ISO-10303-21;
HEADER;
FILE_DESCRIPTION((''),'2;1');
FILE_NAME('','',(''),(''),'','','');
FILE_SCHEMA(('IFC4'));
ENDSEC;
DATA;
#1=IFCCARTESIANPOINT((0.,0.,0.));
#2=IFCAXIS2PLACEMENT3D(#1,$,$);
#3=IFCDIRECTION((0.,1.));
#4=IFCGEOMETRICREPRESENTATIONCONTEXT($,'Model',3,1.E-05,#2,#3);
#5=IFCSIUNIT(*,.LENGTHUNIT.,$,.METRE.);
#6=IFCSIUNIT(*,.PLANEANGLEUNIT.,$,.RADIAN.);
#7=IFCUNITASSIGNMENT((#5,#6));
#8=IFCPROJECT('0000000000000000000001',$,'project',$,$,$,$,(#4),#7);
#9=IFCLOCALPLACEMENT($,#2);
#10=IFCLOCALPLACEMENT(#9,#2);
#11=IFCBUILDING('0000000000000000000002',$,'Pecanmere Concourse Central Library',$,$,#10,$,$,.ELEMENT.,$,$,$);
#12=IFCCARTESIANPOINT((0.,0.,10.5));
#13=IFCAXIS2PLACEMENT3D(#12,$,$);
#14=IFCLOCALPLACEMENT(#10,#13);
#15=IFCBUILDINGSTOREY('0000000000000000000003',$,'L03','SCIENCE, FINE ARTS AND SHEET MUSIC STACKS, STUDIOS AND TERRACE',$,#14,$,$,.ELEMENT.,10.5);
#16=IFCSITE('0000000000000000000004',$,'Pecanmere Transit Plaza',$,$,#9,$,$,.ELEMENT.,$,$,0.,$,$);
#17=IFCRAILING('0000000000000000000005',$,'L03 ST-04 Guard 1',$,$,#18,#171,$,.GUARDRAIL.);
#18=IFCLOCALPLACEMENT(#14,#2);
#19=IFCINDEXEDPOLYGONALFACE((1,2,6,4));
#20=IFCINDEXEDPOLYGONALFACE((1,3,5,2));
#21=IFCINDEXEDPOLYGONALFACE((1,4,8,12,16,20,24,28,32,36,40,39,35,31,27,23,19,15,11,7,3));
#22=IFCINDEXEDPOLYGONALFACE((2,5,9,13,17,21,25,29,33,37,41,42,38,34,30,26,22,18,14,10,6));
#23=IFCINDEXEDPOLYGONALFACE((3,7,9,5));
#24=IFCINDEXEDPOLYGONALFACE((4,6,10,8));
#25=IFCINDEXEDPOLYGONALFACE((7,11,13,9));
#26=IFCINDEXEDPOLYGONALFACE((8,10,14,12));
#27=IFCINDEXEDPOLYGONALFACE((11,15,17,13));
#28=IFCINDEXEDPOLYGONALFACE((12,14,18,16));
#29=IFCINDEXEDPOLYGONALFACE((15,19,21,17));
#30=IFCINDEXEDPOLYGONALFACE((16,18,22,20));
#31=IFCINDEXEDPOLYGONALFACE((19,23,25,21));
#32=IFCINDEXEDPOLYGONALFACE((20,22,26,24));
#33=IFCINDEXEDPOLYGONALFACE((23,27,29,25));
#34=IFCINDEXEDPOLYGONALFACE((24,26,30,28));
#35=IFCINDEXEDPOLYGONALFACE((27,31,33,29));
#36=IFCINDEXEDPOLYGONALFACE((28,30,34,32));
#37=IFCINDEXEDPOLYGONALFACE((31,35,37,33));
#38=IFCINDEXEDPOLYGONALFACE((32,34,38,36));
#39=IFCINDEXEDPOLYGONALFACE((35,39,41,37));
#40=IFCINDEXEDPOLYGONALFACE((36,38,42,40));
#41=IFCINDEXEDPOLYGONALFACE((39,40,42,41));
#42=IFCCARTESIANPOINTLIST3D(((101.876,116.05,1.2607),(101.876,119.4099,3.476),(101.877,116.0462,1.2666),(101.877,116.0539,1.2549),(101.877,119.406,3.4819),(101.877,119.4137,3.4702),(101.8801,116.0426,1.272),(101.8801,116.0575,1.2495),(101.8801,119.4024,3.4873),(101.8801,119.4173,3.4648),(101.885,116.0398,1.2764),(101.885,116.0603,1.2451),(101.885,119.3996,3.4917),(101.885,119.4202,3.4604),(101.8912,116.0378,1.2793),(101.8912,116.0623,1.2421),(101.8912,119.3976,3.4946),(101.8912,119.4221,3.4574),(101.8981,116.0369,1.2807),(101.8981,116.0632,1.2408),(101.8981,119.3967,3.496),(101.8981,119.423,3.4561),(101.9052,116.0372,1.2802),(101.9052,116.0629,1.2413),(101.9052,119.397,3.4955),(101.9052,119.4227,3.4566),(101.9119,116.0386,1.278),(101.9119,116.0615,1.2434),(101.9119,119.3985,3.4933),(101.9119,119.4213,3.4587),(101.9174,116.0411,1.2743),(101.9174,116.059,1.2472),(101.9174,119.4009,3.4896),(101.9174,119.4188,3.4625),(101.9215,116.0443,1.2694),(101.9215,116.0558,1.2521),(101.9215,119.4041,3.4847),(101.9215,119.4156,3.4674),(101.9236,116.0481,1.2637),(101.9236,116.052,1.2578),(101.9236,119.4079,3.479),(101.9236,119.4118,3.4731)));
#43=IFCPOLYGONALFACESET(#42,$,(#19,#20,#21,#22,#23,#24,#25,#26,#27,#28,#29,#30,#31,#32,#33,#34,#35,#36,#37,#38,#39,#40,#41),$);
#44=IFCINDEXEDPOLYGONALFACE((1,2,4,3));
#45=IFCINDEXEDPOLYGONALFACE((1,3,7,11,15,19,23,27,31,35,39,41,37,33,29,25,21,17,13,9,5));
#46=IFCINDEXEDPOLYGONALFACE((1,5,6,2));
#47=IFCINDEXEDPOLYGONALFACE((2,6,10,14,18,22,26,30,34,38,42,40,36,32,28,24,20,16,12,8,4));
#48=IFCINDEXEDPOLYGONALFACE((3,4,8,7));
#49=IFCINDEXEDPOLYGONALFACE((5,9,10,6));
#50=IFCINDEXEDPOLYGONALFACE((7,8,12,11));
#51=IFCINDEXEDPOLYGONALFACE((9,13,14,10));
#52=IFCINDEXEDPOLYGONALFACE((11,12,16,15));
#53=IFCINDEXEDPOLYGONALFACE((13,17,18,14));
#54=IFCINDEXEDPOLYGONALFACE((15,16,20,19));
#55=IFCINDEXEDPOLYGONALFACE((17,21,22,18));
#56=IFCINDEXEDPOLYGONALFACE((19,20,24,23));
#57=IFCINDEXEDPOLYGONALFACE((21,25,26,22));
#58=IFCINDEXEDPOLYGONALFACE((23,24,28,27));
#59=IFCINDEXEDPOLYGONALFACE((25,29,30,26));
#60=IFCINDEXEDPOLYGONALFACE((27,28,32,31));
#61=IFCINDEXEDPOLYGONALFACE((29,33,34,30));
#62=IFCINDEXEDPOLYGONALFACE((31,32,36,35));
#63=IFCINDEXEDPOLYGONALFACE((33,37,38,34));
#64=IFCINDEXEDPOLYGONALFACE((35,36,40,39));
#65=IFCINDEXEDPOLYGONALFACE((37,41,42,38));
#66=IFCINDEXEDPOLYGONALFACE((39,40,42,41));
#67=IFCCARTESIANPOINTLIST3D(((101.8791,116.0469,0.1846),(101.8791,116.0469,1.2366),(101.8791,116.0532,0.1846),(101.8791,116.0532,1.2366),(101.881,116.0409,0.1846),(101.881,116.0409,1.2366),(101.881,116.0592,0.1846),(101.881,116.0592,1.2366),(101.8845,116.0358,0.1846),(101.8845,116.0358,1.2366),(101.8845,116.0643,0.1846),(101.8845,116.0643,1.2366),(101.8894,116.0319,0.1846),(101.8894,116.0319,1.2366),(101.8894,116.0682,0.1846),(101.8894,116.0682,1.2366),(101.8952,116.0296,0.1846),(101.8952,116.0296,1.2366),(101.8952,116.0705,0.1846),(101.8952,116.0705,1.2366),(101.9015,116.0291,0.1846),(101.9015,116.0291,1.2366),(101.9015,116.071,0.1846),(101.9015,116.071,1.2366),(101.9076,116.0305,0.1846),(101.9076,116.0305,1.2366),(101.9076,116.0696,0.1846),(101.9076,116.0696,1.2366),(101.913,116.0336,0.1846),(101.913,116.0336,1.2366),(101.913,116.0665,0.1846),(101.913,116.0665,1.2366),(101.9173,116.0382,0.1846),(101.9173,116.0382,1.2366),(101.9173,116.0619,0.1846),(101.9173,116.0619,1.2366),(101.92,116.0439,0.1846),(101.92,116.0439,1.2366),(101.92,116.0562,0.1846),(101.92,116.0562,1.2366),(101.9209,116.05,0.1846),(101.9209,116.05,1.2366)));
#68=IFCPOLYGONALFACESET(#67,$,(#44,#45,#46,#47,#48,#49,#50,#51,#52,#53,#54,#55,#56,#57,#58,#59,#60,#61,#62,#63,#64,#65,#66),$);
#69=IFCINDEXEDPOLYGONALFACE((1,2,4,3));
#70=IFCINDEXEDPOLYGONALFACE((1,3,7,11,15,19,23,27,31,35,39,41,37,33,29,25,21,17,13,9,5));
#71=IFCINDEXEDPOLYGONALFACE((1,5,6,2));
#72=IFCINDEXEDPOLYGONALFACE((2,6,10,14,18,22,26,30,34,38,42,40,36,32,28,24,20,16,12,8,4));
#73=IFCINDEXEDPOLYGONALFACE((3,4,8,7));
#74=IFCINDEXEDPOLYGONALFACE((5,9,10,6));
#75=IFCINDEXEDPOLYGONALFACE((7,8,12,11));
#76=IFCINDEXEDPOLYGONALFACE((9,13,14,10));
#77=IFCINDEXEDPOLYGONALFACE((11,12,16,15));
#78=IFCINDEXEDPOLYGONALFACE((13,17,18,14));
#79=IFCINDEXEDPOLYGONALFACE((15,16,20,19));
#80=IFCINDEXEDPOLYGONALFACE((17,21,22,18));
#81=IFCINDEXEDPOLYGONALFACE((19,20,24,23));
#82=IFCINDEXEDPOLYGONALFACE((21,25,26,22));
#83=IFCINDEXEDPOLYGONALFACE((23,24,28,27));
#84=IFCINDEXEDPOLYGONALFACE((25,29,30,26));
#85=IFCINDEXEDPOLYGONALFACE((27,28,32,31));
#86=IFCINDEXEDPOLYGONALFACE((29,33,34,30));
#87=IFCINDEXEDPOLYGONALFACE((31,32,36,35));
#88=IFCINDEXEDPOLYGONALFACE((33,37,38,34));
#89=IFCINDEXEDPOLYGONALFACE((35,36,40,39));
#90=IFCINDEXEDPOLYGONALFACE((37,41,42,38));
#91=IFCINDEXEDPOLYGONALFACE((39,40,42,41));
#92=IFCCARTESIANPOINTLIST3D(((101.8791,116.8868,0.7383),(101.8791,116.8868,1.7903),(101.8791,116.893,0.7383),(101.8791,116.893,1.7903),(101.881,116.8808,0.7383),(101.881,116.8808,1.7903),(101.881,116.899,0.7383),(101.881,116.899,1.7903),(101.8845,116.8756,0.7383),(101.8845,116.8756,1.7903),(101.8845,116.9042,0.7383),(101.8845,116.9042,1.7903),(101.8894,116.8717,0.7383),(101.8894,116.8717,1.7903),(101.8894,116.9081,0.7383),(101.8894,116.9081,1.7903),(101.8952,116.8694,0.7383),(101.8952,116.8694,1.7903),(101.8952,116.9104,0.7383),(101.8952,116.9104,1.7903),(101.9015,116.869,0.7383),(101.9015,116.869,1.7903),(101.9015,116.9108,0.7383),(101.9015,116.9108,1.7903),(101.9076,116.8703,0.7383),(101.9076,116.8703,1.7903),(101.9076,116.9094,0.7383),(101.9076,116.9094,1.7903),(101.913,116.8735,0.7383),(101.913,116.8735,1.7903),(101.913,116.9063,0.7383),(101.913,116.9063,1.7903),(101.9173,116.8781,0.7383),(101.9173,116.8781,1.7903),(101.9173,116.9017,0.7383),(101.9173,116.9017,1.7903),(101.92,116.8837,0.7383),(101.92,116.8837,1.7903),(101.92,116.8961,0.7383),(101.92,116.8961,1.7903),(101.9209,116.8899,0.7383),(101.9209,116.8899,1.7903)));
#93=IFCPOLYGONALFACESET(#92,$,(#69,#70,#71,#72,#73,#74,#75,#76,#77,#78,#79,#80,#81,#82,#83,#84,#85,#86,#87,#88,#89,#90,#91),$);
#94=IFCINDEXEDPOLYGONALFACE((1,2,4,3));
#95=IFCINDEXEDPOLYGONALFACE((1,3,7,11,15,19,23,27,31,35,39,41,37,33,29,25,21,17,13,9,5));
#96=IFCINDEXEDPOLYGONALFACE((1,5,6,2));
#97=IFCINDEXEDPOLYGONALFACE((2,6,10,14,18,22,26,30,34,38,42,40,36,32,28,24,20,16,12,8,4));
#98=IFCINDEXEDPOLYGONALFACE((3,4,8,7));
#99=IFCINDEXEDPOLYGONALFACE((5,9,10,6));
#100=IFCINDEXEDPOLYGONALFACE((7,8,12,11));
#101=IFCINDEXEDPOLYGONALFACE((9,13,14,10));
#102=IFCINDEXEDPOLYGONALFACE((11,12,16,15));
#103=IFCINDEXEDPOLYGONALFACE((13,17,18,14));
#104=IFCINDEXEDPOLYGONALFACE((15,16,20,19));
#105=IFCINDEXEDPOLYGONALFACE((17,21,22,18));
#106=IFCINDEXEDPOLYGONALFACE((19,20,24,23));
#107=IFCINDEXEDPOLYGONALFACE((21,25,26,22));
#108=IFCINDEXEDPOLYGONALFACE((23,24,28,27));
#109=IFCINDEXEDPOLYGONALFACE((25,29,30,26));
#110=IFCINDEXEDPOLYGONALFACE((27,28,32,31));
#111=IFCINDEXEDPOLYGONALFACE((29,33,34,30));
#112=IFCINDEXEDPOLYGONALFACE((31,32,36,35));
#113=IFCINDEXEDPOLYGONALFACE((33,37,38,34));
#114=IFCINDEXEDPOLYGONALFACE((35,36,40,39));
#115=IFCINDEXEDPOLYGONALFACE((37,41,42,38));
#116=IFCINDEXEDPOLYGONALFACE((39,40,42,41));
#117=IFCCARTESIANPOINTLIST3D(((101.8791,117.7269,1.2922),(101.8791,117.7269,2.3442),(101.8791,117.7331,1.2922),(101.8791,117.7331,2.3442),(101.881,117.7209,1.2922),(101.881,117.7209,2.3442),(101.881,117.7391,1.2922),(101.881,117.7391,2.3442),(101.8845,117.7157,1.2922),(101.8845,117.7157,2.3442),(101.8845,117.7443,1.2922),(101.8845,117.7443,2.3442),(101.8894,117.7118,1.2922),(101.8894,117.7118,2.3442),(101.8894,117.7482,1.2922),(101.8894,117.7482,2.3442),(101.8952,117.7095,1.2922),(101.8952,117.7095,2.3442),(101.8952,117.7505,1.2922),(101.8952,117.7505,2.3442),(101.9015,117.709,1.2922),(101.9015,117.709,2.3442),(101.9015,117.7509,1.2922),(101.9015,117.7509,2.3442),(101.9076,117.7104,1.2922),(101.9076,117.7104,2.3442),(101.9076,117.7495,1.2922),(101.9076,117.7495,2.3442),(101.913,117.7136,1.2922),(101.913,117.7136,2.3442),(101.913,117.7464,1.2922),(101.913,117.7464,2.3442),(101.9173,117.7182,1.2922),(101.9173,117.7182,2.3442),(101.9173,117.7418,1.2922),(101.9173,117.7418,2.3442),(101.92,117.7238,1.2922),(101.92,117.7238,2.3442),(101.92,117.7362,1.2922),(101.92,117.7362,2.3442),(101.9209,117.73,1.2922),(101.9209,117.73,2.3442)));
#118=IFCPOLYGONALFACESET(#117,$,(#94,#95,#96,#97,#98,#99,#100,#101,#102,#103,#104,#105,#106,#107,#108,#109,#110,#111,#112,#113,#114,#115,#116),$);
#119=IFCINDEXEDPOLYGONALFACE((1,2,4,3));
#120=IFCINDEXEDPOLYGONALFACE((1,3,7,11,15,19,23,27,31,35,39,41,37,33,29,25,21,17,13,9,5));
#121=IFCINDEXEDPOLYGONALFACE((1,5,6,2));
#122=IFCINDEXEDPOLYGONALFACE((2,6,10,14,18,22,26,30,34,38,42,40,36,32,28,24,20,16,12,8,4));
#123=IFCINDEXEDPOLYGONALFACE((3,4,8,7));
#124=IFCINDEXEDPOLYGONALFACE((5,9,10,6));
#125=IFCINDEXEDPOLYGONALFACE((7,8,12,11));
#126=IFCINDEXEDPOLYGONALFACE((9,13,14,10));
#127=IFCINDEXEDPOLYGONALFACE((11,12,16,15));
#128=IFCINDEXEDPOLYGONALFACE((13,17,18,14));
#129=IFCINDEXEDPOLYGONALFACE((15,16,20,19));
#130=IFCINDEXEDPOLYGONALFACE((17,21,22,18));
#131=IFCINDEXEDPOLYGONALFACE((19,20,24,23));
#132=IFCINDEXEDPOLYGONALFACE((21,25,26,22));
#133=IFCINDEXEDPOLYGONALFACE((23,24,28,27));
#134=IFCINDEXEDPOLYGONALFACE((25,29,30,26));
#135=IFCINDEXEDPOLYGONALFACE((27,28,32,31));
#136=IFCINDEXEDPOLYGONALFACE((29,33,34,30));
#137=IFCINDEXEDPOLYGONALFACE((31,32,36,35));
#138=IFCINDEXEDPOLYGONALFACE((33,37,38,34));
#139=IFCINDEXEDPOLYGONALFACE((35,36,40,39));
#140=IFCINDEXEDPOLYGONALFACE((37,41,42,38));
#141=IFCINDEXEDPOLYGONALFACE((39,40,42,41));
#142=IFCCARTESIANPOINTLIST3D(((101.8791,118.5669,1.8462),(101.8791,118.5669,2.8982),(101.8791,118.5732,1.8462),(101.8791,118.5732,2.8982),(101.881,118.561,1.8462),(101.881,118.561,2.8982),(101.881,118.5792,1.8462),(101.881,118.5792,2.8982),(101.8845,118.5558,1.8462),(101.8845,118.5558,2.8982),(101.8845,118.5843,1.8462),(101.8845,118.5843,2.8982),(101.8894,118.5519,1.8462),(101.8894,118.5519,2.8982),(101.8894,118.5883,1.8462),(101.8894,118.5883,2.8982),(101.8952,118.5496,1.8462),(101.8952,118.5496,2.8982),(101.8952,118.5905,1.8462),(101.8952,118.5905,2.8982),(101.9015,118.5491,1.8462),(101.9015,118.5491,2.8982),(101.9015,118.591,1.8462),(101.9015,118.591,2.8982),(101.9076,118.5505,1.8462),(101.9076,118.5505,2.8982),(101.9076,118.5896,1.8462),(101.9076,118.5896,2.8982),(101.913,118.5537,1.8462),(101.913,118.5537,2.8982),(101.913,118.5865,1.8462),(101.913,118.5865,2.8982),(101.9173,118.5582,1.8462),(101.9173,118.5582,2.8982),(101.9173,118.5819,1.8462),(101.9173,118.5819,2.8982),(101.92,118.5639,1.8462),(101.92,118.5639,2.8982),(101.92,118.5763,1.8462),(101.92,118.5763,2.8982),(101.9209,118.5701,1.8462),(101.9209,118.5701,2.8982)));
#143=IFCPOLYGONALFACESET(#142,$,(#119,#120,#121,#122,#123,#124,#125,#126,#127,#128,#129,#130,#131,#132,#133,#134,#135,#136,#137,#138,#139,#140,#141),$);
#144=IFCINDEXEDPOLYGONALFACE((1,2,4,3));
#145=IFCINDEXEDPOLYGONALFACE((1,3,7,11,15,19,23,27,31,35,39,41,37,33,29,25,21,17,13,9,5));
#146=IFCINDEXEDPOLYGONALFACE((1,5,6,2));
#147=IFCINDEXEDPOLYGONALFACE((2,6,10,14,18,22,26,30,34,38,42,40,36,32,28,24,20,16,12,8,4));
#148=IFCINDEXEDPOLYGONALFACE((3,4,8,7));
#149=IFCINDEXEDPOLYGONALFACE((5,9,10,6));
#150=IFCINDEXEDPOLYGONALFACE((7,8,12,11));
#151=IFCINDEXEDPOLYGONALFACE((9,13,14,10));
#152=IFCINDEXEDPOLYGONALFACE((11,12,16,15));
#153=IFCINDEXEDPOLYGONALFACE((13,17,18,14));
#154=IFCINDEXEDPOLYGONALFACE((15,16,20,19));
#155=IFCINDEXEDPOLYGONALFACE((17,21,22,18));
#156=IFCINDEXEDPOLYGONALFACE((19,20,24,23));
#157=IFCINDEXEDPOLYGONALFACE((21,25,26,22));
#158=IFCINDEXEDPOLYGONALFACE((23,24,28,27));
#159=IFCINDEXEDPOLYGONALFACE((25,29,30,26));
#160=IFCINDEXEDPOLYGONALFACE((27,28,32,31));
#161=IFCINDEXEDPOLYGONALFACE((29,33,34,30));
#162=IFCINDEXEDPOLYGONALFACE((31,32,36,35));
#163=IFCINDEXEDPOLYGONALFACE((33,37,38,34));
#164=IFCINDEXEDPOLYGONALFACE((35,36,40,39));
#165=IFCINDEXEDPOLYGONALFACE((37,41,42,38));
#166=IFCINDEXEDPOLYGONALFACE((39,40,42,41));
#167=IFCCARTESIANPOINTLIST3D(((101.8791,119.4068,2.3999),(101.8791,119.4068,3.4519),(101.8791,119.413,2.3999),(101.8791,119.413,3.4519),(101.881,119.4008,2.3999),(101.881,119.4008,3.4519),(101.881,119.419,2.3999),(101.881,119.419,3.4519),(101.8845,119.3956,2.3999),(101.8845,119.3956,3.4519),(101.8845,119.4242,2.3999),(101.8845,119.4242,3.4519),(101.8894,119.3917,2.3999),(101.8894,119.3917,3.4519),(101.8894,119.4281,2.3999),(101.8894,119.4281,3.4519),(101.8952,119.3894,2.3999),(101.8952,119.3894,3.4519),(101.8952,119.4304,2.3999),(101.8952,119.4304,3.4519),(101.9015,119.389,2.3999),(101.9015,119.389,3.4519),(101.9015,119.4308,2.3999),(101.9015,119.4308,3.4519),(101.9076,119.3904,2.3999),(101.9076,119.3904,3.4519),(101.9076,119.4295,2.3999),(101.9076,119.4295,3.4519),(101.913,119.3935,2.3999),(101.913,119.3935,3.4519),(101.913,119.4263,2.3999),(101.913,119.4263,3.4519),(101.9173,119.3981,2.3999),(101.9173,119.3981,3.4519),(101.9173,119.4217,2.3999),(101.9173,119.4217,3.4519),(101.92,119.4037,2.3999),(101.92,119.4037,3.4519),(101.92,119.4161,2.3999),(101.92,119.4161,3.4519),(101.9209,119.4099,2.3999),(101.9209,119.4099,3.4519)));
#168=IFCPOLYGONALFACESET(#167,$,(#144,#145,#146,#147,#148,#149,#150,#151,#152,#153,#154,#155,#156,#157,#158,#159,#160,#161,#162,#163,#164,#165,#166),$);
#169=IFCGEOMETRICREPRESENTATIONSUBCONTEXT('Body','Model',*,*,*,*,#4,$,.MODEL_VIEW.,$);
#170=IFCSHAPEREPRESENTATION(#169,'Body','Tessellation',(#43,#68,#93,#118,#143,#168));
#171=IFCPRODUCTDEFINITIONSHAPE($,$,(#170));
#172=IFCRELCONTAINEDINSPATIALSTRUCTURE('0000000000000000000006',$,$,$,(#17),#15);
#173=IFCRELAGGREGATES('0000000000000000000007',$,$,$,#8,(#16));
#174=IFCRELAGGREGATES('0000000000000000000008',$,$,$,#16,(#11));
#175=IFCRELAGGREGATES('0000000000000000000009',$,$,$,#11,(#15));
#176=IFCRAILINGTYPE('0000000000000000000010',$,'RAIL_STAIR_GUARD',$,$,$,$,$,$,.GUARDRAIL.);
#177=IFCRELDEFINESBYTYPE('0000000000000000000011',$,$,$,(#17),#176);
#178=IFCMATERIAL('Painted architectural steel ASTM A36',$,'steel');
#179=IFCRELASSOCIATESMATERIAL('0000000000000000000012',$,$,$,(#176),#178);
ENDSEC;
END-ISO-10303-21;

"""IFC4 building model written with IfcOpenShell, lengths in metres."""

from ifc_helpers import new_model, si_unit, direction, frame, origin, origin_2d, place, context, subcontext, project, spatial, circle, extrude, material, type_object, element, save


model = new_model("IFC4")

# Units and contexts
model_context = context("Model", 3, precision=1e-05, world=origin(), true_north=direction((0.0, 1.0)))
body_context = subcontext(model_context, "Body", "Model", "MODEL_VIEW")
ifc_project = project(units=[si_unit("LENGTHUNIT", "METRE"), si_unit("PLANEANGLEUNIT", "RADIAN")], contexts=[model_context])

# Site, building, storey
site_placement = place(None, origin())
site = spatial("IfcSite", under=ifc_project, at=site_placement, Name="Pecanmere Transit Plaza", CompositionType="ELEMENT", RefElevation=0.0)
building_placement = place(site_placement, origin())
building = spatial("IfcBuilding", under=site, at=building_placement, Name="Pecanmere Concourse Central Library", CompositionType="ELEMENT")
storey_placement = place(building_placement, frame((0.0, 0.0, 10.5)))
storey = spatial("IfcBuildingStorey", under=building, at=storey_placement, Name="L03", Description="SCIENCE, FINE ARTS AND SHEET MUSIC STACKS, STUDIOS AND TERRACE", CompositionType="ELEMENT", Elevation=10.5)

# Railing
ifc_material_1 = material(Name="Painted architectural steel ASTM A36", Category="steel")
railing_type = type_object("IfcRailingType", Name="RAIL_STAIR_GUARD", PredefinedType="GUARDRAIL", material=ifc_material_1)
railing_1_placement = place(storey_placement, frame((101.8999, 116.05, 0.1846)))
element("IfcRailing", 1, at=railing_1_placement, inside=storey, type_object=railing_type, Name="L03 ST-04 Guard 1", PredefinedType="GUARDRAIL", context=body_context, shape_type="SweptSolid", body=[
    extrude(circle(Radius=0.0239, at=origin_2d()), frame((0.0, 0.0, 1.0762), z_axis=(0.0, 0.834858, 0.550465), x_axis=(-1.0, 0.0, 0.0)), (0.0, 0.0, 1.0), 4.0244),
    extrude(circle(Radius=0.021, at=origin_2d()), origin(), (0.0, 0.0, 1.0), 1.052),
    extrude(circle(Radius=0.021, at=origin_2d()), frame((0.0, 0.8398, 0.5537)), (0.0, 0.0, 1.0), 1.052),
    extrude(circle(Radius=0.021, at=origin_2d()), frame((0.0, 1.6799, 1.1077)), (0.0, 0.0, 1.0), 1.052),
    extrude(circle(Radius=0.021, at=origin_2d()), frame((0.0, 2.52, 1.6616)), (0.0, 0.0, 1.0), 1.052),
    extrude(circle(Radius=0.021, at=origin_2d()), frame((0.0, 3.3599, 2.2153)), (0.0, 0.0, 1.0), 1.052),
])

save(model, "model.ifc")
